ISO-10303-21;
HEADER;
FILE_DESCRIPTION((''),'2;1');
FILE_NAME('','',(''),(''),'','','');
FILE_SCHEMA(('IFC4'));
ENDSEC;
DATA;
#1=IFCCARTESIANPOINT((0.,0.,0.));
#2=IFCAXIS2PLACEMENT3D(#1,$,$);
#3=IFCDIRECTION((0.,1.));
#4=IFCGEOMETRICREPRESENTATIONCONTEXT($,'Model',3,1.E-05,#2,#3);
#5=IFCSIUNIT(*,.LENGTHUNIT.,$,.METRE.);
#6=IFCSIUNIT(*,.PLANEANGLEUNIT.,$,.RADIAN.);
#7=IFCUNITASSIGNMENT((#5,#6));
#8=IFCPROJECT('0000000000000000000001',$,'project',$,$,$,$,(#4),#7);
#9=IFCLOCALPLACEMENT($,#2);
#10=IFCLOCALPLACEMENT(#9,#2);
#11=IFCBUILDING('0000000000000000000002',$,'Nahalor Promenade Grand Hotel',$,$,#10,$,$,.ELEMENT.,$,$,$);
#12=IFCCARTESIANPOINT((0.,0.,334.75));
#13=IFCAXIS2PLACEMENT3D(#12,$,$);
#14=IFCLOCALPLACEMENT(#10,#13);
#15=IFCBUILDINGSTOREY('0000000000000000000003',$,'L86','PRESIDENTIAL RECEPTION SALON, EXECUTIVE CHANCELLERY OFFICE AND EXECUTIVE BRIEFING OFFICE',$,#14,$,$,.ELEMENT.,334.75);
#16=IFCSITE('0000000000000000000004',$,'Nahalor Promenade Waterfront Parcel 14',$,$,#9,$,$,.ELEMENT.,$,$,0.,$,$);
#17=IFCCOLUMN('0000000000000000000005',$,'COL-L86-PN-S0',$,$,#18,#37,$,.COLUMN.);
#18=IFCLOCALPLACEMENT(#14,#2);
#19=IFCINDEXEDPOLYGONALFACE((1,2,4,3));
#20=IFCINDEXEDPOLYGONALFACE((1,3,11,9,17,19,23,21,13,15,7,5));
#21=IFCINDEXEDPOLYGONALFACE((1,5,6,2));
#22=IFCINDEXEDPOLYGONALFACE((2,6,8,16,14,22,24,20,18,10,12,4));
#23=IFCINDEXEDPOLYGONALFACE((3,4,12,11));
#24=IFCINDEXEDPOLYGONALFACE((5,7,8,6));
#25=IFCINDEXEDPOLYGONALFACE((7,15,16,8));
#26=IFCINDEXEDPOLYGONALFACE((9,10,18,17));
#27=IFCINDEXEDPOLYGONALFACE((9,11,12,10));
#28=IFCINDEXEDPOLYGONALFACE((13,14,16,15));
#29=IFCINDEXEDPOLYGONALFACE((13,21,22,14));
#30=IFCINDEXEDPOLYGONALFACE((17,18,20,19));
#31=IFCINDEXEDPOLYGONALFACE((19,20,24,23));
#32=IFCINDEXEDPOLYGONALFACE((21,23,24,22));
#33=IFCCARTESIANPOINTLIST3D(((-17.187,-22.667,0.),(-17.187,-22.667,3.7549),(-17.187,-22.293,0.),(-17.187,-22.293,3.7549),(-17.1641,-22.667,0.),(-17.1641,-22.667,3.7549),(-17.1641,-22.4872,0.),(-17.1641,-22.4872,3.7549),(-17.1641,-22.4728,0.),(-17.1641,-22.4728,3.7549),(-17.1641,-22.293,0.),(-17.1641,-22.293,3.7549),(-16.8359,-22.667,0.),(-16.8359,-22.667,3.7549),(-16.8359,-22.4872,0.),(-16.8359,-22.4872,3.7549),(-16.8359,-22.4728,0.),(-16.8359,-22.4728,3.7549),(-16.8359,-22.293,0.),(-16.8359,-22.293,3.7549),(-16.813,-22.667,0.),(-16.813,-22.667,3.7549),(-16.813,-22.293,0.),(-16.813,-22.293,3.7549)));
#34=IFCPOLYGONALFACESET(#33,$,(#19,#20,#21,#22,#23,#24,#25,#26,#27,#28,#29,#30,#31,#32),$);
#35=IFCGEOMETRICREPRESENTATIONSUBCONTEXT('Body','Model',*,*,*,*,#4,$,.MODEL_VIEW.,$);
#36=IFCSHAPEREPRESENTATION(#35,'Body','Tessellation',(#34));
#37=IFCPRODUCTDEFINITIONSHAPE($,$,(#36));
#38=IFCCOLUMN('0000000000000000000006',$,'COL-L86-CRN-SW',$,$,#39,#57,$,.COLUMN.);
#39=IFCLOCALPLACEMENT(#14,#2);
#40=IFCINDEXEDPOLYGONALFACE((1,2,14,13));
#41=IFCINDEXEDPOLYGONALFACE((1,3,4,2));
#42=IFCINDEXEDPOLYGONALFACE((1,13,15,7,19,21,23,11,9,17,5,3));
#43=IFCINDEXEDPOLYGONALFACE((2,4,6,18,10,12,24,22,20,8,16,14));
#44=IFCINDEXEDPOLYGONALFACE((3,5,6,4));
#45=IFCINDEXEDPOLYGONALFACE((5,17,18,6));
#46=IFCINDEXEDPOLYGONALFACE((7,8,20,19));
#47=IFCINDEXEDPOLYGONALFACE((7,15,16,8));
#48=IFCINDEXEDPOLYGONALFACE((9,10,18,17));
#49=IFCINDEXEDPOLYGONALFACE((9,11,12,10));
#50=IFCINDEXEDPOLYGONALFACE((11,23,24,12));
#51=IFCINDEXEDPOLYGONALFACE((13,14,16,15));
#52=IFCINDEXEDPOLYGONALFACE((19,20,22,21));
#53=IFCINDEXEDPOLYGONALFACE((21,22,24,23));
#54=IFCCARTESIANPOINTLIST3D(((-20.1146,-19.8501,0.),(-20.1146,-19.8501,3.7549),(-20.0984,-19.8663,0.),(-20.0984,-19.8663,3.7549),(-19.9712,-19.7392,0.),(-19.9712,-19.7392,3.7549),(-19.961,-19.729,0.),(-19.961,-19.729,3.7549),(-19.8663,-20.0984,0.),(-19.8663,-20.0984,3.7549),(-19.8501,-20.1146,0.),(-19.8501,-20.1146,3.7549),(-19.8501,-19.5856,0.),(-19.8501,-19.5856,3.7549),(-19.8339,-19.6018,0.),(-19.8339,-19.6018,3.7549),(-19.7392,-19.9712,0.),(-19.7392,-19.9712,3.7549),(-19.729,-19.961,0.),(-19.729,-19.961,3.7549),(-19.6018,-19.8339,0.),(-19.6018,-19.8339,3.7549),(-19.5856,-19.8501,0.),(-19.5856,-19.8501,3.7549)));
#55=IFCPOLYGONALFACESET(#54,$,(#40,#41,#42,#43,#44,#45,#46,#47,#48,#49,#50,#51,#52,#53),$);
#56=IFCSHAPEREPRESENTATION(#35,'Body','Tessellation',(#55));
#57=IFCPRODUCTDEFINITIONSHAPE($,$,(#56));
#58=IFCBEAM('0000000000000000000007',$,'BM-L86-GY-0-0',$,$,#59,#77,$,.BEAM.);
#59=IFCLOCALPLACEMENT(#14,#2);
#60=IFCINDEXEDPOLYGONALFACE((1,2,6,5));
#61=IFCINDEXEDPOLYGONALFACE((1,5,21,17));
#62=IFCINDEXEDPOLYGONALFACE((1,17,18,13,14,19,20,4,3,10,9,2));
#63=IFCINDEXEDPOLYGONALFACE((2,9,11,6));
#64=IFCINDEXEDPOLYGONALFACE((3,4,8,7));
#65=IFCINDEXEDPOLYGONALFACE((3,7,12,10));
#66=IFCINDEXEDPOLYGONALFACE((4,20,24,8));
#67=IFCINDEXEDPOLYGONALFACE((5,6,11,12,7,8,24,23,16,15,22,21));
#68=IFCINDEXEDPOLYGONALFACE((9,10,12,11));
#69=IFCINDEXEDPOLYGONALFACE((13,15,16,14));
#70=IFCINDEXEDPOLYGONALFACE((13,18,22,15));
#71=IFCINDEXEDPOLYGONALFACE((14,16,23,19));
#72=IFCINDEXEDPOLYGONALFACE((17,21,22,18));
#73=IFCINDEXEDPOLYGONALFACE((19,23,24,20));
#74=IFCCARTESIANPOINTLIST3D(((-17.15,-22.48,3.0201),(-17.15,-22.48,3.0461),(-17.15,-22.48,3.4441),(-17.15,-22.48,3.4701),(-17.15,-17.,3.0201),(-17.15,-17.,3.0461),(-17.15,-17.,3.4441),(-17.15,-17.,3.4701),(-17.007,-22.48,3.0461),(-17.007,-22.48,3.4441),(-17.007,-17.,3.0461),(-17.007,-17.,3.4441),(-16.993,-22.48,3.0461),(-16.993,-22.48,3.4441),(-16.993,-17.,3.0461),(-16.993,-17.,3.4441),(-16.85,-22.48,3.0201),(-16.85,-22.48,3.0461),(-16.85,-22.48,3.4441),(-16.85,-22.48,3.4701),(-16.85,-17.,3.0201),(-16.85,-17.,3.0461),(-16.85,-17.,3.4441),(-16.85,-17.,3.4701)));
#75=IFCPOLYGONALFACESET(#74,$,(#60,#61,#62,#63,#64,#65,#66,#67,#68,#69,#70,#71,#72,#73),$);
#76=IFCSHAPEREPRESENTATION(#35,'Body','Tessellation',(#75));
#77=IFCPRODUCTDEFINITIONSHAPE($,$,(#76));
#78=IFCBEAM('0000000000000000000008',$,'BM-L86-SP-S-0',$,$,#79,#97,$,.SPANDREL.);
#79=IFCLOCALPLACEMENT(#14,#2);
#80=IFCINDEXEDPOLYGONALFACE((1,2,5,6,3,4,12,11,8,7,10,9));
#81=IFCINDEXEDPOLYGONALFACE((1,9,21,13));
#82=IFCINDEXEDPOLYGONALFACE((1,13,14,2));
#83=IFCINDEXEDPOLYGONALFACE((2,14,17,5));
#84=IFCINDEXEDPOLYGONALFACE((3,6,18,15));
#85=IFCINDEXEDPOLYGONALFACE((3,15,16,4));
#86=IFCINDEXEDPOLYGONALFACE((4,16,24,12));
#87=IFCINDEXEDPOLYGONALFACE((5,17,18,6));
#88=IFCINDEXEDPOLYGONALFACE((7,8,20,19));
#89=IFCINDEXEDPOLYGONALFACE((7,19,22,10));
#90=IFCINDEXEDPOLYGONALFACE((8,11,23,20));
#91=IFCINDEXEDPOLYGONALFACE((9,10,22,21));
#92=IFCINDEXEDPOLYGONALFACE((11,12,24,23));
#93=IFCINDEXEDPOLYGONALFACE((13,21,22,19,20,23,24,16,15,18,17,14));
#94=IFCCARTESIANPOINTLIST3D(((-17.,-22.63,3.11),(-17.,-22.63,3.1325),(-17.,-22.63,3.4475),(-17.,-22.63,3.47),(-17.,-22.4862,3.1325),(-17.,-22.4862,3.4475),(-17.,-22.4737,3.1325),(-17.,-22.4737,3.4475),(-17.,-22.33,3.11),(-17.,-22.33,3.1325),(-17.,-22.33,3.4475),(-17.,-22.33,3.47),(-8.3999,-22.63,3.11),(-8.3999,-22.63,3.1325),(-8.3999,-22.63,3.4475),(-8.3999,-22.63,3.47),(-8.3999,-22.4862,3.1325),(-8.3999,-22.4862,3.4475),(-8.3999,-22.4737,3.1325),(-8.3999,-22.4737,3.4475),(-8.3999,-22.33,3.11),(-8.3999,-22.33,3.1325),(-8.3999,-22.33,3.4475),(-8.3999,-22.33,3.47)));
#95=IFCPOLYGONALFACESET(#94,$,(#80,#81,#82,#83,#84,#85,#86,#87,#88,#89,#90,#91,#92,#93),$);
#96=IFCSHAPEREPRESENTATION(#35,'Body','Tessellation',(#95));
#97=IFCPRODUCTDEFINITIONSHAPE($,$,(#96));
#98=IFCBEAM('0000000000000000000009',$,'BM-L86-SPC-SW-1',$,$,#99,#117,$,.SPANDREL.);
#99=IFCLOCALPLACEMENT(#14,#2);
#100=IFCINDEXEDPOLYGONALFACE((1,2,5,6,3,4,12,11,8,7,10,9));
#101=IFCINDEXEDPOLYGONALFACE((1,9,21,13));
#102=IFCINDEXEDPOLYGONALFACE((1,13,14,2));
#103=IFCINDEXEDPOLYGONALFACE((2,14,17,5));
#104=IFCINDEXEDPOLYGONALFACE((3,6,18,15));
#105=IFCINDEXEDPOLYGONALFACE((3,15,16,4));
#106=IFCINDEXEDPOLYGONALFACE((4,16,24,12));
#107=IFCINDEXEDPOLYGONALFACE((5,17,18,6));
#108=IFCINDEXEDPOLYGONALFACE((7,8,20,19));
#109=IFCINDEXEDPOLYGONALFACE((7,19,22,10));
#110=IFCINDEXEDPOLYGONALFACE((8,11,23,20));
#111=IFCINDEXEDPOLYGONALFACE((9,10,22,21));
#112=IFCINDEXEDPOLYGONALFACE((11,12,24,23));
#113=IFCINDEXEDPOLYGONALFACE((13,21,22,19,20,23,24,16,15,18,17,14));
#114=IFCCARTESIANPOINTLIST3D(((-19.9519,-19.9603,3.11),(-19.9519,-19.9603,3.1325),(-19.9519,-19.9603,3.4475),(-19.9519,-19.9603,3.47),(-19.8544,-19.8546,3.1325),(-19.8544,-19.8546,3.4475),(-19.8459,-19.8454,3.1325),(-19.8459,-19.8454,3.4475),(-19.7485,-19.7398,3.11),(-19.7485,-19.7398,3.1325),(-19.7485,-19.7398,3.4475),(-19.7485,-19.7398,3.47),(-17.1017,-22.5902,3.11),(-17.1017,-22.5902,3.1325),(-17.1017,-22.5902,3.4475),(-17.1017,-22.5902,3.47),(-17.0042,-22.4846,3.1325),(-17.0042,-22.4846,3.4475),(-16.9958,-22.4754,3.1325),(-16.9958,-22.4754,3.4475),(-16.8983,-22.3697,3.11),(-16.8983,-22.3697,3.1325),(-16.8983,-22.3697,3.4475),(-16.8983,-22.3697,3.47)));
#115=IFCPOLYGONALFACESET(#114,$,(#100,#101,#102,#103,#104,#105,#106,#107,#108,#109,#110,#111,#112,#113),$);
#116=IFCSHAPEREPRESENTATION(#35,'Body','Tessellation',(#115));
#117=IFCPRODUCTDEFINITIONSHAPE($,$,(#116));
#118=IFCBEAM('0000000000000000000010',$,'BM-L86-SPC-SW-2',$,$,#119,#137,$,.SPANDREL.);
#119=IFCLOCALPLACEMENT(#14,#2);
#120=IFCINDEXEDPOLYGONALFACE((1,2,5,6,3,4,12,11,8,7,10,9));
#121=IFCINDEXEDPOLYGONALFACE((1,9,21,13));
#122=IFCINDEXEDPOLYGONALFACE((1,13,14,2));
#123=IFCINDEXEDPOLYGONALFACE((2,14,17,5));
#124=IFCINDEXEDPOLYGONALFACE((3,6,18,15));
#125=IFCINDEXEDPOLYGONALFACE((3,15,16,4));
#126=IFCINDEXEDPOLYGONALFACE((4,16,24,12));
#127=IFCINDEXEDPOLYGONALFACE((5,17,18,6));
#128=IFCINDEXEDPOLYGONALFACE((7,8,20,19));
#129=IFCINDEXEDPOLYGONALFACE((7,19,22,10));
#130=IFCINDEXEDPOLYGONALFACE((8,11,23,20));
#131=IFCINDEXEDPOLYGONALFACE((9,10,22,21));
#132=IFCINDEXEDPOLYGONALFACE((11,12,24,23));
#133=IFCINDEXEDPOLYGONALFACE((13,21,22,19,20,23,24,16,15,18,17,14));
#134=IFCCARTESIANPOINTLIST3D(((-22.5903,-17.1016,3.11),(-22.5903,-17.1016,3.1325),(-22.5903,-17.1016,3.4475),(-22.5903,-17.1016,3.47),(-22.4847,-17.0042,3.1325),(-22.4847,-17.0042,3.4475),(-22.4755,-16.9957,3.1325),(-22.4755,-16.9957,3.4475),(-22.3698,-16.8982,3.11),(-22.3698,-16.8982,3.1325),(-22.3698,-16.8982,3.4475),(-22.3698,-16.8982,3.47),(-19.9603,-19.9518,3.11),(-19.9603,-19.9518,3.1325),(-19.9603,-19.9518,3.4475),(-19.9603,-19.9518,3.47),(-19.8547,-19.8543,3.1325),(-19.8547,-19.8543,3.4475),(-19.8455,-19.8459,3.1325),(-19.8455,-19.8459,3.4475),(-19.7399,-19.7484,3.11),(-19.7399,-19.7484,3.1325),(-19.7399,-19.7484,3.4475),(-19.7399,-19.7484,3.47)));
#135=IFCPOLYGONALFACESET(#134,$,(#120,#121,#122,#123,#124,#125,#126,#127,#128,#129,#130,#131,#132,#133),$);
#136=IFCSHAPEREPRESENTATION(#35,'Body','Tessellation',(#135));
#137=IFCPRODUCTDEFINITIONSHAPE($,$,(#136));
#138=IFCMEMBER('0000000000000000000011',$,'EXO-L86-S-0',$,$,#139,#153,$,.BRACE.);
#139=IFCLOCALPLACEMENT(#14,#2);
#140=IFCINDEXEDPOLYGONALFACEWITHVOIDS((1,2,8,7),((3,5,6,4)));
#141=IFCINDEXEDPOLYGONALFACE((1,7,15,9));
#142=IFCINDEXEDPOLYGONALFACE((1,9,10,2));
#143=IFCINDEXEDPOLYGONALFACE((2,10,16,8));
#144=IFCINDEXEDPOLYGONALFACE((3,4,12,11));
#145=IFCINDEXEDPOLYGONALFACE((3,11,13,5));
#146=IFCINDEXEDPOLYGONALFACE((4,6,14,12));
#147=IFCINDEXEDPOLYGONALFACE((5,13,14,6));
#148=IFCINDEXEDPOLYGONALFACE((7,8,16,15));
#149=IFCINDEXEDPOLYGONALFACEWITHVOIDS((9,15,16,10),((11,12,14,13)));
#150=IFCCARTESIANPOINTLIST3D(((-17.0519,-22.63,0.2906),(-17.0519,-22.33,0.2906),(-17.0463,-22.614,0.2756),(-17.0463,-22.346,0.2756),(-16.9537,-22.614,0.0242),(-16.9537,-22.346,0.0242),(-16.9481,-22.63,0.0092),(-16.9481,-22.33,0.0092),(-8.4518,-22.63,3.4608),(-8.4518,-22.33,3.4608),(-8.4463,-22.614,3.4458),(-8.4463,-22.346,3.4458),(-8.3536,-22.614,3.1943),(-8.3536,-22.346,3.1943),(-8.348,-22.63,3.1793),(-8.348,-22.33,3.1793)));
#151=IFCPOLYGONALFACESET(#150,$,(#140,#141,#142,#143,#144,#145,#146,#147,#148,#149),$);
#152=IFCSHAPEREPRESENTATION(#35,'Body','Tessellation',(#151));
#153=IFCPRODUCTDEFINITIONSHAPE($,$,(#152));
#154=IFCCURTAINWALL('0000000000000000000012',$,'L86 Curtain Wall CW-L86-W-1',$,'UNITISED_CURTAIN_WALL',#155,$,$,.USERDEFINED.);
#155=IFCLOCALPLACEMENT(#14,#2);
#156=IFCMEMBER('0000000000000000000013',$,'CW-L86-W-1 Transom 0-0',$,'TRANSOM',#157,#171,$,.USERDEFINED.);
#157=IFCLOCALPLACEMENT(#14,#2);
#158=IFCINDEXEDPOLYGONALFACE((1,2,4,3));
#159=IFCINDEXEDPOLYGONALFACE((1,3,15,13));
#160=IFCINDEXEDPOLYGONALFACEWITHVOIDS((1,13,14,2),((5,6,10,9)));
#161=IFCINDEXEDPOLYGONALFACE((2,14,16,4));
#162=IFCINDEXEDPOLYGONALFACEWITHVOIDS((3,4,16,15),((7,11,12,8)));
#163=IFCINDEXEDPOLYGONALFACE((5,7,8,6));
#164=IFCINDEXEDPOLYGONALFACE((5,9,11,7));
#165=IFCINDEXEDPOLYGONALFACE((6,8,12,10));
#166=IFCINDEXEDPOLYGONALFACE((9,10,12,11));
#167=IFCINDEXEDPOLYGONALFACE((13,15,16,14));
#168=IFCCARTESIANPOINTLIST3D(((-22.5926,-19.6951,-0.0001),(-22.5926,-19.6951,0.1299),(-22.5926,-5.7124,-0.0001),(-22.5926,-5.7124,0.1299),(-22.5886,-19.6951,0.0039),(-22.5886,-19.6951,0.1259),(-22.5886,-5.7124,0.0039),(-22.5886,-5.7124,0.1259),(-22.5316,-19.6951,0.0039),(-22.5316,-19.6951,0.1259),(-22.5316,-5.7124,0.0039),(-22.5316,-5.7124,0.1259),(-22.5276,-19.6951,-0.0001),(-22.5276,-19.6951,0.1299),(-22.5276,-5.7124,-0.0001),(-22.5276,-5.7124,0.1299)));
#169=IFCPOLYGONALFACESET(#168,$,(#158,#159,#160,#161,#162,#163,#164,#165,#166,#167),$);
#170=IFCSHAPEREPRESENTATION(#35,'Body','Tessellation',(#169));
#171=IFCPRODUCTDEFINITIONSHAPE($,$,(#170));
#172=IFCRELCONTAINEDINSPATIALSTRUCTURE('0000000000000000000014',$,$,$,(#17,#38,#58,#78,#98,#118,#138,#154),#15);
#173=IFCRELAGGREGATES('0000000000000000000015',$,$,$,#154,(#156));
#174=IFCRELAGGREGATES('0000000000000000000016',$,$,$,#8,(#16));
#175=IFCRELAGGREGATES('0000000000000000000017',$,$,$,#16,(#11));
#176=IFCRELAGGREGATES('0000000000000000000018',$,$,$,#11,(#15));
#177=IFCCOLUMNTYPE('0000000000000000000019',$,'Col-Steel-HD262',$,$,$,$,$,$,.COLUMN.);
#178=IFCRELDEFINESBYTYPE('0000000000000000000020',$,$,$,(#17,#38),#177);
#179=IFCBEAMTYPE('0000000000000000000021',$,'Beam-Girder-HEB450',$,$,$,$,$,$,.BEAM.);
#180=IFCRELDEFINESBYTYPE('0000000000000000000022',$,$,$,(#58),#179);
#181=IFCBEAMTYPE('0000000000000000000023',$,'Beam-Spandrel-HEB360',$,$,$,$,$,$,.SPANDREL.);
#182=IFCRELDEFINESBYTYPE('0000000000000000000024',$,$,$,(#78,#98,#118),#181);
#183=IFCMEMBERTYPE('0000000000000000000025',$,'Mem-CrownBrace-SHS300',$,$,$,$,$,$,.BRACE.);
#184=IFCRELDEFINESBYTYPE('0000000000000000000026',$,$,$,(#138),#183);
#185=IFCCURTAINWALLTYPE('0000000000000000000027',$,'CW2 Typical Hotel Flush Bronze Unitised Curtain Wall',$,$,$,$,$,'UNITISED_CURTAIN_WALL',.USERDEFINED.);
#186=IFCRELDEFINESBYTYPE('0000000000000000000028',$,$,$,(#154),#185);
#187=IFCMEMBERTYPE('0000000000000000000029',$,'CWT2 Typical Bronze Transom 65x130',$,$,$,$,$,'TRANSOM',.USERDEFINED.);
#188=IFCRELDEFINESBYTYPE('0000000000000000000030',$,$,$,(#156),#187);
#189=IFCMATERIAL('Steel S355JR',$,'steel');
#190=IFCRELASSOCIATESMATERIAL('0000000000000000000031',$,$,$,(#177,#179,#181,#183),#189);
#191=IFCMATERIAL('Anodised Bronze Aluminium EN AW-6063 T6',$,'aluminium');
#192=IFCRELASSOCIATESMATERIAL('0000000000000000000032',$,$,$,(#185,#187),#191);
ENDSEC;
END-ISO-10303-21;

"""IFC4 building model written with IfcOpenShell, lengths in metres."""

from ifc_helpers import new_model, si_unit, direction, frame, origin, origin_2d, place, context, subcontext, project, spatial, hollow_rectangle, i_section, extrude, source, transform, mapped, material, material_profile, profile_set, type_object, element, aggregate, save


model = new_model("IFC4")

# Units and contexts
model_context = context("Model", 3, precision=1e-05, world=origin(), true_north=direction((0.0, 1.0)))
body_context = subcontext(model_context, "Body", "Model", "MODEL_VIEW")
ifc_project = project(units=[si_unit("LENGTHUNIT", "METRE"), si_unit("PLANEANGLEUNIT", "RADIAN")], contexts=[model_context])

# Site, building, storey
site_placement = place(None, origin())
site = spatial("IfcSite", under=ifc_project, at=site_placement, Name="Nahalor Promenade Waterfront Parcel 14", CompositionType="ELEMENT", RefElevation=0.0)
building_placement = place(site_placement, origin())
building = spatial("IfcBuilding", under=site, at=building_placement, Name="Nahalor Promenade Grand Hotel", CompositionType="ELEMENT")
storey_placement = place(building_placement, frame((0.0, 0.0, 334.75)))
storey = spatial("IfcBuildingStorey", under=building, at=storey_placement, Name="L86", Description="PRESIDENTIAL RECEPTION SALON, EXECUTIVE CHANCELLERY OFFICE AND EXECUTIVE BRIEFING OFFICE", CompositionType="ELEMENT", Elevation=334.75)

# Columns
ifc_material_1 = material(Name="Steel S355JR", Category="steel")
ifc_material_profile_1 = material_profile(ifc_material_1, i_section(OverallWidth=0.374, OverallDepth=0.374, WebThickness=0.0144, FlangeThickness=0.0229, at=origin_2d()), Name="HD 360x262")
ifc_profile_set_1 = profile_set([ifc_material_profile_1], Name="Steel S355JR")
column_type = type_object("IfcColumnType", Name="Col-Steel-HD262", PredefinedType="COLUMN", material=ifc_profile_set_1)
shared_shape_1 = source(origin(), body_context, "Body", "SweptSolid", [
    extrude(i_section(OverallWidth=0.374, OverallDepth=0.374, WebThickness=0.0144, FlangeThickness=0.0229, at=origin_2d()), origin(), (0.0, 0.0, 1.0), 3.7549),
])
for number, where, z_axis, x_axis, name in (
    (1, (-17.0, -22.48, 0.0), (0.0, 0.0, 1.0), (0.0, 1.0, 0.0), "COL-L86-PN-S0"),
    (2, (-19.8501, -19.8501, 0.0), (0.0, 0.0, 1.0), (0.707107, 0.707107, 0.0), "COL-L86-CRN-SW"),
):
    element("IfcColumn", number, at=place(storey_placement, frame(where, z_axis=z_axis, x_axis=x_axis)), inside=storey, type_object=column_type, Name=name, PredefinedType="COLUMN", context=body_context, shape_type="MappedRepresentation", body=[
        mapped(shared_shape_1, transform((0.0, 0.0, 0.0), scale=1.0)),
    ])

# Beams
ifc_material_profile_2 = material_profile(ifc_material_1, i_section(OverallWidth=0.3, OverallDepth=0.45, WebThickness=0.014, FlangeThickness=0.026, at=origin_2d()), Name="HEB 450")
ifc_profile_set_2 = profile_set([ifc_material_profile_2], Name="Steel S355JR")
beam_type_1 = type_object("IfcBeamType", Name="Beam-Girder-HEB450", PredefinedType="BEAM", material=ifc_profile_set_2)
shared_shape_2 = source(origin(), body_context, "Body", "SweptSolid", [
    extrude(i_section(OverallWidth=0.3, OverallDepth=0.45, WebThickness=0.014, FlangeThickness=0.026, at=origin_2d()), origin(), (0.0, 0.0, 1.0), 5.48),
])
beam_1_placement = place(storey_placement, frame((-17.0, -22.48, 3.2451), z_axis=(0.0, 1.0, 0.0), x_axis=(-1.0, 0.0, 0.0)))
element("IfcBeam", 3, at=beam_1_placement, inside=storey, type_object=beam_type_1, Name="BM-L86-GY-0-0", PredefinedType="BEAM", context=body_context, shape_type="MappedRepresentation", body=[
    mapped(shared_shape_2, transform((0.0, 0.0, 0.0), scale=1.0)),
])
ifc_material_profile_3 = material_profile(ifc_material_1, i_section(OverallWidth=0.3, OverallDepth=0.36, WebThickness=0.0125, FlangeThickness=0.0225, at=origin_2d()), Name="HEB 360")
ifc_profile_set_3 = profile_set([ifc_material_profile_3], Name="Steel S355JR")
beam_type_2 = type_object("IfcBeamType", Name="Beam-Spandrel-HEB360", PredefinedType="SPANDREL", material=ifc_profile_set_3)
shared_shape_3 = source(origin(), body_context, "Body", "SweptSolid", [
    extrude(i_section(OverallWidth=0.3, OverallDepth=0.36, WebThickness=0.0125, FlangeThickness=0.0225, at=origin_2d()), origin(), (0.0, 0.0, 1.0), 8.6001),
])
beam_2_placement = place(storey_placement, frame((-17.0, -22.48, 3.29), z_axis=(1.0, 0.0, 0.0), x_axis=(0.0, 1.0, 0.0)))
element("IfcBeam", 4, at=beam_2_placement, inside=storey, type_object=beam_type_2, Name="BM-L86-SP-S-0", PredefinedType="SPANDREL", context=body_context, shape_type="MappedRepresentation", body=[
    mapped(shared_shape_3, transform((0.0, 0.0, 0.0), scale=1.0)),
])
shared_shape_4 = source(origin(), body_context, "Body", "SweptSolid", [
    extrude(i_section(OverallWidth=0.3, OverallDepth=0.36, WebThickness=0.0125, FlangeThickness=0.0225, at=origin_2d()), origin(), (0.0, 0.0, 1.0), 3.8782),
])
for number, where, z_axis, x_axis, name in (
    (5, (-17.0, -22.48, 3.29), (-0.734929, 0.678144, 0.0), (-0.678144, -0.734929, 0.0), "BM-L86-SPC-SW-1"),
    (6, (-19.8501, -19.8501, 3.29), (-0.678144, 0.734929, 0.0), (-0.734929, -0.678144, 0.0), "BM-L86-SPC-SW-2"),
):
    element("IfcBeam", number, at=place(storey_placement, frame(where, z_axis=z_axis, x_axis=x_axis)), inside=storey, type_object=beam_type_2, Name=name, PredefinedType="SPANDREL", context=body_context, shape_type="MappedRepresentation", body=[
        mapped(shared_shape_4, transform((0.0, 0.0, 0.0), scale=1.0)),
    ])

# Member
ifc_material_profile_4 = material_profile(ifc_material_1, hollow_rectangle(XDim=0.3, YDim=0.3, WallThickness=0.016, at=origin_2d()), Name="SHS 300x300x16")
ifc_profile_set_4 = profile_set([ifc_material_profile_4], Name="Steel S355JR")
member_type_1 = type_object("IfcMemberType", Name="Mem-CrownBrace-SHS300", PredefinedType="BRACE", material=ifc_profile_set_4)
shared_shape_5 = source(origin(), body_context, "Body", "SweptSolid", [
    extrude(hollow_rectangle(XDim=0.3, YDim=0.3, WallThickness=0.016, at=origin_2d()), origin(), (0.0, 0.0, 1.0), 9.1658),
])
member_1_placement = place(storey_placement, frame((-17.0, -22.48, 0.1499), z_axis=(0.938283, 0.0, 0.34587), x_axis=(0.0, 1.0, 0.0)))
element("IfcMember", 7, at=member_1_placement, inside=storey, type_object=member_type_1, Name="EXO-L86-S-0", PredefinedType="BRACE", context=body_context, shape_type="MappedRepresentation", body=[
    mapped(shared_shape_5, transform((0.0, 0.0, 0.0), scale=1.0)),
])

# Curtain wall, member
ifc_material_2 = material(Name="Anodised Bronze Aluminium EN AW-6063 T6", Category="aluminium")
curtain_wall_type = type_object("IfcCurtainWallType", Name="CW2 Typical Hotel Flush Bronze Unitised Curtain Wall", ElementType="UNITISED_CURTAIN_WALL", PredefinedType="USERDEFINED", material=ifc_material_2)
curtain_wall_1_placement = place(storey_placement, origin())
curtain_wall_1 = element("IfcCurtainWall", 8, at=curtain_wall_1_placement, inside=storey, type_object=curtain_wall_type, Name="L86 Curtain Wall CW-L86-W-1", ObjectType="UNITISED_CURTAIN_WALL", PredefinedType="USERDEFINED")
ifc_material_profile_5 = material_profile(ifc_material_2, hollow_rectangle(XDim=0.065, YDim=0.13, WallThickness=0.004, at=origin_2d()), Name="CWT 65x130x4")
ifc_profile_set_5 = profile_set([ifc_material_profile_5], Name="Anodised Bronze Aluminium EN AW-6063 T6")
member_type_2 = type_object("IfcMemberType", Name="CWT2 Typical Bronze Transom 65x130", ElementType="TRANSOM", PredefinedType="USERDEFINED", material=ifc_profile_set_5)
shared_shape_6 = source(origin(), body_context, "Body", "SweptSolid", [
    extrude(hollow_rectangle(XDim=0.065, YDim=0.13, WallThickness=0.004, at=origin_2d()), origin(), (0.0, 0.0, 1.0), 13.9827),
])
member_2_placement = place(storey_placement, frame((-22.5601, -19.6951, 0.0649), z_axis=(0.0, 1.0, 0.0), x_axis=(-1.0, 0.0, 0.0)))
member_2 = element("IfcMember", 9, at=member_2_placement, type_object=member_type_2, Name="CW-L86-W-1 Transom 0-0", ObjectType="TRANSOM", PredefinedType="USERDEFINED", context=body_context, shape_type="MappedRepresentation", body=[
    mapped(shared_shape_6, transform((0.0, 0.0, 0.0), scale=1.0)),
])

aggregate(curtain_wall_1, [member_2])

save(model, "model.ifc")
